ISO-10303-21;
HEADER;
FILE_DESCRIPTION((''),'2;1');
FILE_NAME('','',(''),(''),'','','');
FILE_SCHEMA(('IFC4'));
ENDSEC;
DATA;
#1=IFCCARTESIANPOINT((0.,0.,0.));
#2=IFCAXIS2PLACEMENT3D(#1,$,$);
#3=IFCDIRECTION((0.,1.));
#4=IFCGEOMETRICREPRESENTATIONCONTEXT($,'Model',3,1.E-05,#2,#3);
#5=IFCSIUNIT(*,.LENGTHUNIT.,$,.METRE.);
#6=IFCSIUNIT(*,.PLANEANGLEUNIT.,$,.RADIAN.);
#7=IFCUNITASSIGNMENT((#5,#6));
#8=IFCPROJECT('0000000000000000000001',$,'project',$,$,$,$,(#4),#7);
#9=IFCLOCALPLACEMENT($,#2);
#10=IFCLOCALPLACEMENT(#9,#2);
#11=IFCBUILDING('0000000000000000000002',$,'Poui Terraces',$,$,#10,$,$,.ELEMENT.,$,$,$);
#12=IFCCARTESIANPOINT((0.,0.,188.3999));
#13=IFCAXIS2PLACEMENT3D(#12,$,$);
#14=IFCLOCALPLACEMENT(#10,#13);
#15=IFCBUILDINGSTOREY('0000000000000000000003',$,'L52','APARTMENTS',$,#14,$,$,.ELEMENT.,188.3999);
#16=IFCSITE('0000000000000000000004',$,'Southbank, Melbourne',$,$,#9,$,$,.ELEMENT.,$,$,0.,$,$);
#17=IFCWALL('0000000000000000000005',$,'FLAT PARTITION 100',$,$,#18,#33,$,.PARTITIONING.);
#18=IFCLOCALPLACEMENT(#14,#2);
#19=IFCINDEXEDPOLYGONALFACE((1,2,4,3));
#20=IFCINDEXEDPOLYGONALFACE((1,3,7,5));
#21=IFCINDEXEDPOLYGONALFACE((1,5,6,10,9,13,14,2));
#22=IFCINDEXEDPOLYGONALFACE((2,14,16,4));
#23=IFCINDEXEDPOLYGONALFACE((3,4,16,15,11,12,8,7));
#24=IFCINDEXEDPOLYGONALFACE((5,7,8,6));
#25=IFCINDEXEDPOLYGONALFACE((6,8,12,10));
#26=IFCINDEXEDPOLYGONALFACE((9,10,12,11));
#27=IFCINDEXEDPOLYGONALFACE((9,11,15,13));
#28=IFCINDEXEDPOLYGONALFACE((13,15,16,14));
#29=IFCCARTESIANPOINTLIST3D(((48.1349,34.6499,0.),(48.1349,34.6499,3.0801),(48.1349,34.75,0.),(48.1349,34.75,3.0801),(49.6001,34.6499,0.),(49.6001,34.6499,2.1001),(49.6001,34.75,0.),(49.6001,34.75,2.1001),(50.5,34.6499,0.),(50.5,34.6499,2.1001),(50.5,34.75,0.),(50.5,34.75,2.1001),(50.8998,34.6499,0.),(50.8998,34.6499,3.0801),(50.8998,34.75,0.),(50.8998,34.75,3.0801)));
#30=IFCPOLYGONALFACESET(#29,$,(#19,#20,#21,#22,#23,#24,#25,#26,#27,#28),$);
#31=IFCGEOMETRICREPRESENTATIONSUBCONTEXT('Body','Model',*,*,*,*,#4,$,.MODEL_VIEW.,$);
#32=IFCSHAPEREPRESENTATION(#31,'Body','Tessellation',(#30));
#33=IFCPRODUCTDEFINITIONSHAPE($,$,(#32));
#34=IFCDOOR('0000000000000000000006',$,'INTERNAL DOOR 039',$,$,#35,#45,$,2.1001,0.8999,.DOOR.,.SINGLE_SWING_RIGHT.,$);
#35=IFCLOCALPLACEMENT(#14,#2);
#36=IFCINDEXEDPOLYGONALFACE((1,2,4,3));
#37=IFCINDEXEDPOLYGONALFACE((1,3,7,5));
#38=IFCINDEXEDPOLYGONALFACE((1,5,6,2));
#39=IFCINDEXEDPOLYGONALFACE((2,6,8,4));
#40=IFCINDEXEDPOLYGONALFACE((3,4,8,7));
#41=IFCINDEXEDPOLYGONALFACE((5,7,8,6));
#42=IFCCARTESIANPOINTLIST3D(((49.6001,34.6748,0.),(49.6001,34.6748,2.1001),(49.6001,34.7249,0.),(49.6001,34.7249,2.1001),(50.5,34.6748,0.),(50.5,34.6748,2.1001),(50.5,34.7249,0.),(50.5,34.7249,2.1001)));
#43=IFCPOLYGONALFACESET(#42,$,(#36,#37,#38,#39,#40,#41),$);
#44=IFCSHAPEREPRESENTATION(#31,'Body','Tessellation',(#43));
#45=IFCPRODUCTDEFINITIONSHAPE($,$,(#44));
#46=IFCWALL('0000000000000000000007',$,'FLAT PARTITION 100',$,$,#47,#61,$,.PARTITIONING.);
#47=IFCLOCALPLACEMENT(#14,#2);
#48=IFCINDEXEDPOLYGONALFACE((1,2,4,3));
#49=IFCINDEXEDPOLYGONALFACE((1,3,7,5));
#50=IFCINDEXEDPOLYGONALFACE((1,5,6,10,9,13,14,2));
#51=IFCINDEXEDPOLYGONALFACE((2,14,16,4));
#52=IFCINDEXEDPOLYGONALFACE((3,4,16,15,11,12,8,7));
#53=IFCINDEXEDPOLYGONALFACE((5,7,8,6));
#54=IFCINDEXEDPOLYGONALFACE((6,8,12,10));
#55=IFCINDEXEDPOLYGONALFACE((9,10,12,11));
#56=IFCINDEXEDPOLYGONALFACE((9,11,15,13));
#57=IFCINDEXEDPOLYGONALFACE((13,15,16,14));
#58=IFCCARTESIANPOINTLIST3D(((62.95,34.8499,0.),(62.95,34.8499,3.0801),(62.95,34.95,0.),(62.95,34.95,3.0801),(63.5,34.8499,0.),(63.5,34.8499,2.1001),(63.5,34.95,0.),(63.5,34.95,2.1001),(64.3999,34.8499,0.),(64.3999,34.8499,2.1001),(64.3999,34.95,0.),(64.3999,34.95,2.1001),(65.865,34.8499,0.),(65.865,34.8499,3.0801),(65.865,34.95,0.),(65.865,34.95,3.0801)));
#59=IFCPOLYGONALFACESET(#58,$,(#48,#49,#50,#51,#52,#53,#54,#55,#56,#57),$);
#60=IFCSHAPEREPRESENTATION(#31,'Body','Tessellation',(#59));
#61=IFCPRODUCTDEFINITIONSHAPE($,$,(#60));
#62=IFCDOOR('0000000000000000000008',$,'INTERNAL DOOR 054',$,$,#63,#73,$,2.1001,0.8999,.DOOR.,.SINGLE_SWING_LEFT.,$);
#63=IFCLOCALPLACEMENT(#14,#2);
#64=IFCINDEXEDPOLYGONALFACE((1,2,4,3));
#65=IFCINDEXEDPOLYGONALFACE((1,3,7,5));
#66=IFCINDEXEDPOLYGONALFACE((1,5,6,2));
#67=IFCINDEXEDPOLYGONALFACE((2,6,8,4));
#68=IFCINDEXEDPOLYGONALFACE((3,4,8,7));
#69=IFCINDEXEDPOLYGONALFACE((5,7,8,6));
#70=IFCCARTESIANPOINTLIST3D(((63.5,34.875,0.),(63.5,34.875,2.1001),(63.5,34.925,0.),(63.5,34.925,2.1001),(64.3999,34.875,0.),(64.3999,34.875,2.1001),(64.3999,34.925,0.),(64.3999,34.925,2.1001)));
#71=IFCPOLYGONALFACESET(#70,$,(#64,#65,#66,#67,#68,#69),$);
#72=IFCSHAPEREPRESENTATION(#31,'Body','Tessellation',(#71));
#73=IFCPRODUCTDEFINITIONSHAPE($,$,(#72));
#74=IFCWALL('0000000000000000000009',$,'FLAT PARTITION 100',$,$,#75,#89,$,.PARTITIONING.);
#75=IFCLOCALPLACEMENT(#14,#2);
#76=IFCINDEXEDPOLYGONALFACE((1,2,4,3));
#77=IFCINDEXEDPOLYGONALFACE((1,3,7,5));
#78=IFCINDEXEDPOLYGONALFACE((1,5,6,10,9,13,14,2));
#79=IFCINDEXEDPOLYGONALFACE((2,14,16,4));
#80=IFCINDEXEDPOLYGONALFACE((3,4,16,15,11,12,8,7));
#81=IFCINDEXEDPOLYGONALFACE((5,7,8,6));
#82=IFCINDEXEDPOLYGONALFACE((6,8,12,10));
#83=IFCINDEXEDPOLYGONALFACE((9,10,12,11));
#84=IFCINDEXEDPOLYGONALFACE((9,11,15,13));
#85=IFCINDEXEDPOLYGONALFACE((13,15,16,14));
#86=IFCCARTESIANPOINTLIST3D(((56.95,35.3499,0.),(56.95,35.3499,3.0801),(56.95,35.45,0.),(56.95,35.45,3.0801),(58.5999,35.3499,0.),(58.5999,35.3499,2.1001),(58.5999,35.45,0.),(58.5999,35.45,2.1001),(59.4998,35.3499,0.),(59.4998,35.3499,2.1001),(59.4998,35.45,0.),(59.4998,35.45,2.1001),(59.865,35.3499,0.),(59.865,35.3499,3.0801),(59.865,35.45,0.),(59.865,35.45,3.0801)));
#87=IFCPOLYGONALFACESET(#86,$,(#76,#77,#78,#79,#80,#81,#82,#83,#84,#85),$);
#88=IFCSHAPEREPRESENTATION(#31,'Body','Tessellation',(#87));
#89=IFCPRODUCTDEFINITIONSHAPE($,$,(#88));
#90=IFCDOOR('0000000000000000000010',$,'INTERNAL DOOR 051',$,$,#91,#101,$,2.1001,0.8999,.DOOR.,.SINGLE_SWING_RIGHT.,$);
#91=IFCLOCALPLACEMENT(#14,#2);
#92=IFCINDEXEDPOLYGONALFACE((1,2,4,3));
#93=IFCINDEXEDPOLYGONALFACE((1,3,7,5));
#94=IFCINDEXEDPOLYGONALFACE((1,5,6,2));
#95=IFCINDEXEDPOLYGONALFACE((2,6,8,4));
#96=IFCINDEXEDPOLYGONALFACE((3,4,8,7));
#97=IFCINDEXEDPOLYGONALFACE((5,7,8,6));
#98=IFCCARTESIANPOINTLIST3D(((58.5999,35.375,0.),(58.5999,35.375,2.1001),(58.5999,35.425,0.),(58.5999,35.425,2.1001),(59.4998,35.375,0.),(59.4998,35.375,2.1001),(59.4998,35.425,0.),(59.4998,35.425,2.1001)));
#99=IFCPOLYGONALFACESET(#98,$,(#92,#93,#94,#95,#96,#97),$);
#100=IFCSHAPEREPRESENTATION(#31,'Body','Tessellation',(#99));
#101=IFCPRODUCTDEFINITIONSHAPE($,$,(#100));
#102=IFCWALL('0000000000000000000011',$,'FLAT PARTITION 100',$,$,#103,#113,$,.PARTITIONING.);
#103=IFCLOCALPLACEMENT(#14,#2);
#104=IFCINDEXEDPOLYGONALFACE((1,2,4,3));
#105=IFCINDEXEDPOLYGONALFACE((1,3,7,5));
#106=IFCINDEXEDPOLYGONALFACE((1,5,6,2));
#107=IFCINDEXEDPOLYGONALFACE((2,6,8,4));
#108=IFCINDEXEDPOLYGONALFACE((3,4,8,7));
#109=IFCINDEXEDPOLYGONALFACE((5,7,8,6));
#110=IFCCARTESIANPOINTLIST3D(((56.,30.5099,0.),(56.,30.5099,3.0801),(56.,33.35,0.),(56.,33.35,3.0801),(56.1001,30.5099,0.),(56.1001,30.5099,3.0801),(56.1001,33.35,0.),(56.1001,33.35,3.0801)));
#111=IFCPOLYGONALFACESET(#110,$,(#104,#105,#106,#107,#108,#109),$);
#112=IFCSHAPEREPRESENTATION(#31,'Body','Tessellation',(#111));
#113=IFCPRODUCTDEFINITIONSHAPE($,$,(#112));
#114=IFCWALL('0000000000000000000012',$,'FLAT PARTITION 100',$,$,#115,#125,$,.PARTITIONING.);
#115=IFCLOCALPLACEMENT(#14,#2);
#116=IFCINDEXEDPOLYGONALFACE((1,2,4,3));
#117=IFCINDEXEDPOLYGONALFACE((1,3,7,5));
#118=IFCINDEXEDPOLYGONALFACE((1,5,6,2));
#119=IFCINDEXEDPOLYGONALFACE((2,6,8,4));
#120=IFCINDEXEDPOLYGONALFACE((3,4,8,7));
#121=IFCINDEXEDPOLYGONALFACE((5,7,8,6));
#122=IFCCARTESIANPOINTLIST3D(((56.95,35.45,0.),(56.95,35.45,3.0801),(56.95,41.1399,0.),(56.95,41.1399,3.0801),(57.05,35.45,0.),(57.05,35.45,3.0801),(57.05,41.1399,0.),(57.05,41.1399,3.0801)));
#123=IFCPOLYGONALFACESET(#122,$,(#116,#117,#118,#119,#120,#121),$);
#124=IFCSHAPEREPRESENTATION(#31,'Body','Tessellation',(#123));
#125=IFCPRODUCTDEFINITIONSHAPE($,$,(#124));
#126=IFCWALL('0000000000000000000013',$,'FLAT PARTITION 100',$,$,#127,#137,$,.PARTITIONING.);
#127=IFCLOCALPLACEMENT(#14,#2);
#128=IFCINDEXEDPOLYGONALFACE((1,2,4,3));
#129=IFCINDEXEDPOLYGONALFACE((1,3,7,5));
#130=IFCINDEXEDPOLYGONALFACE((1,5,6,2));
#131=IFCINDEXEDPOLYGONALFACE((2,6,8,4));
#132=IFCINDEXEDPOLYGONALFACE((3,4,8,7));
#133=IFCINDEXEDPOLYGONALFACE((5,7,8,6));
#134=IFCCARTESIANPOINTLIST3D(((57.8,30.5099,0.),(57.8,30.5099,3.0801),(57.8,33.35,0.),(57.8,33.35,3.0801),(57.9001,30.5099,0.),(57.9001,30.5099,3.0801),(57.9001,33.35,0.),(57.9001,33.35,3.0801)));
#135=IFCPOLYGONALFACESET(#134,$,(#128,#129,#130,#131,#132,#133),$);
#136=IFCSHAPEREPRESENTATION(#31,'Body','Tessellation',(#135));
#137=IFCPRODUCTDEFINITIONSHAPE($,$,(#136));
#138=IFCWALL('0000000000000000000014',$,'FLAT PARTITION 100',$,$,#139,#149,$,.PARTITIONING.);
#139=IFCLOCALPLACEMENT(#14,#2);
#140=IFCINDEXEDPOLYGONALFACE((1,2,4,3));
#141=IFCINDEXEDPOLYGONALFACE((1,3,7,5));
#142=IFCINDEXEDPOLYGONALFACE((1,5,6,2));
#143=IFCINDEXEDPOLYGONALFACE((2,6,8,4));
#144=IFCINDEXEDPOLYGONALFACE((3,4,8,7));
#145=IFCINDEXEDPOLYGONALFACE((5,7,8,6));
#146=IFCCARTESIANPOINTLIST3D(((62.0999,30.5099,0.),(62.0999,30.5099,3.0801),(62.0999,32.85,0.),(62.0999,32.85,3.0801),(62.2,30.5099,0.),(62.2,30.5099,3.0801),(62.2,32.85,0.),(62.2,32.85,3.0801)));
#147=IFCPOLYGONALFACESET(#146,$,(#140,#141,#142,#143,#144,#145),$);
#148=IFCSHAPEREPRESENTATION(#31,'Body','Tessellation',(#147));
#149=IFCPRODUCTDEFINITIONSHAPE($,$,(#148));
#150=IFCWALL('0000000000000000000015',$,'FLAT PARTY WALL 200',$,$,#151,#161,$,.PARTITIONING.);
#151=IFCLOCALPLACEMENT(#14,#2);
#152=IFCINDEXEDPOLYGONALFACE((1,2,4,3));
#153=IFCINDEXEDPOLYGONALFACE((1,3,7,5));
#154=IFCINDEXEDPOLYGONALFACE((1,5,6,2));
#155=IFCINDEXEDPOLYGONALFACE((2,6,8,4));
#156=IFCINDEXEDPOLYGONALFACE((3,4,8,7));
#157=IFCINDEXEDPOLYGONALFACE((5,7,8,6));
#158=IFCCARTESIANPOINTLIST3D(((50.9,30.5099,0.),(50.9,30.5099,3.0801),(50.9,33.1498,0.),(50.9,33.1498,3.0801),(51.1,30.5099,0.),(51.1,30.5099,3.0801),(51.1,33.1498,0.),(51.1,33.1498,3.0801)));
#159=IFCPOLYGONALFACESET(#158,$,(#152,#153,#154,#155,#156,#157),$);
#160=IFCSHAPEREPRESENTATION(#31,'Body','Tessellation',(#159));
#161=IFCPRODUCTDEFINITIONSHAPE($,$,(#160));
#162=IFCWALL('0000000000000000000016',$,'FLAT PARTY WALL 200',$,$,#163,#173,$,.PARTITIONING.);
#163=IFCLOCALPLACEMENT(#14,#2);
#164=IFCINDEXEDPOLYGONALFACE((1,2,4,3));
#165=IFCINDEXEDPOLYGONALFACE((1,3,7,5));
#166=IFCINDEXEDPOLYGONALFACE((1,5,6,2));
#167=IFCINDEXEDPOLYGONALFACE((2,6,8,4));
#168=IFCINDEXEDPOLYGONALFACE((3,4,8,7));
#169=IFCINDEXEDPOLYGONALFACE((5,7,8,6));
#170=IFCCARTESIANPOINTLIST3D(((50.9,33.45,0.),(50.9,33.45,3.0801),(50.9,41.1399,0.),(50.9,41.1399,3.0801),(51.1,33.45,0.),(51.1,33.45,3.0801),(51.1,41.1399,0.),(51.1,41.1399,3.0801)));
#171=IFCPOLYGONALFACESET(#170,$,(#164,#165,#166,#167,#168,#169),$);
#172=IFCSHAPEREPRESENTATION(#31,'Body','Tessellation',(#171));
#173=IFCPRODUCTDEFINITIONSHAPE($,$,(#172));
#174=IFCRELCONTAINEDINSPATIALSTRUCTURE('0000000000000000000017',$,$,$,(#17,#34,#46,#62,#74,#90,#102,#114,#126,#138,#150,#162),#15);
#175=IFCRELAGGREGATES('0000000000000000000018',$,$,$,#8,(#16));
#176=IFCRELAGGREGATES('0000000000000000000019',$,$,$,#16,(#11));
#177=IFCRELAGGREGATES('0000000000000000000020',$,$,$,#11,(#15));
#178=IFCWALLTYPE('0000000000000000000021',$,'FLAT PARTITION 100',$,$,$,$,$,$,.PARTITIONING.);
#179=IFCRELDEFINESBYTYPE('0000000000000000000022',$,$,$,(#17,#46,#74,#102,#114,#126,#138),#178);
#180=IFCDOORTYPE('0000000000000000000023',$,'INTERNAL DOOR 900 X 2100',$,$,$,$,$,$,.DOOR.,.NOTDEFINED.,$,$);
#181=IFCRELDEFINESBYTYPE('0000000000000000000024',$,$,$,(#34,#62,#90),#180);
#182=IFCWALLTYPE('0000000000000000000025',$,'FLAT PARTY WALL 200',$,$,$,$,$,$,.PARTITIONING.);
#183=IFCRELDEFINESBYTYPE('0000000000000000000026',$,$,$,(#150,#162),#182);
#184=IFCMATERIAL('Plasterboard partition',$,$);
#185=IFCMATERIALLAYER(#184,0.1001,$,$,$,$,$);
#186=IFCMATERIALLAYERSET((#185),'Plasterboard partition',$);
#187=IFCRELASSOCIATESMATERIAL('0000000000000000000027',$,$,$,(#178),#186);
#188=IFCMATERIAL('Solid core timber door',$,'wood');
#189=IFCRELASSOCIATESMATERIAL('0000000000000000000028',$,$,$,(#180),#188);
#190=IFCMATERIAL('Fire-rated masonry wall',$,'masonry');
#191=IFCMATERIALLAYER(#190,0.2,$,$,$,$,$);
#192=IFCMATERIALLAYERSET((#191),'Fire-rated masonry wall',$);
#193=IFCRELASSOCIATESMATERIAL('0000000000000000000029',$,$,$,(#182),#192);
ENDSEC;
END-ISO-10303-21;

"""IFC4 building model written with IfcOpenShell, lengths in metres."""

from ifc_helpers import new_model, si_unit, direction, frame, frame_2d, origin, place, context, subcontext, project, spatial, rectangle, extrude, material, layer, layer_set, type_object, element, fill, save


model = new_model("IFC4")

# Units and contexts
model_context = context("Model", 3, precision=1e-05, world=origin(), true_north=direction((0.0, 1.0)))
body_context = subcontext(model_context, "Body", "Model", "MODEL_VIEW")
ifc_project = project(units=[si_unit("LENGTHUNIT", "METRE"), si_unit("PLANEANGLEUNIT", "RADIAN")], contexts=[model_context])

# Site, building, storey
site_placement = place(None, origin())
site = spatial("IfcSite", under=ifc_project, at=site_placement, Name="Southbank, Melbourne", CompositionType="ELEMENT", RefElevation=0.0)
building_placement = place(site_placement, origin())
building = spatial("IfcBuilding", under=site, at=building_placement, Name="Poui Terraces", CompositionType="ELEMENT")
storey_placement = place(building_placement, frame((0.0, 0.0, 188.3999)))
storey = spatial("IfcBuildingStorey", under=building, at=storey_placement, Name="L52", Description="APARTMENTS", CompositionType="ELEMENT", Elevation=188.3999)

# Walls, openings, doors
ifc_material_1 = material(Name="Plasterboard partition")
ifc_layer_1 = layer(ifc_material_1, 0.1001)
ifc_layer_set_1 = layer_set([ifc_layer_1], Name="Plasterboard partition")
wall_type_1 = type_object("IfcWallType", Name="FLAT PARTITION 100", PredefinedType="PARTITIONING", material=ifc_layer_set_1)
ifc_material_2 = material(Name="Solid core timber door", Category="wood")
door_type_1 = type_object("IfcDoorType", Name="INTERNAL DOOR 900 X 2100", OperationType="NOTDEFINED", PredefinedType="DOOR", material=ifc_material_2)
wall_1_placement = place(storey_placement, frame((48.135, 34.7, 0.0), z_axis=(0.0, 0.0, 1.0), x_axis=(1.0, 0.0, 0.0)))
wall_1 = element("IfcWall", 1, at=wall_1_placement, inside=storey, type_object=wall_type_1, Name="FLAT PARTITION 100", PredefinedType="PARTITIONING", context=body_context, shape_type="SweptSolid", body=[
    extrude(rectangle(XDim=2.7649, YDim=0.1001, at=frame_2d((1.3823, 0.0))), origin(), (0.0, 0.0, 1.0), 3.0801),
])
opening_1_placement = place(wall_1_placement, frame((1.4651, 0.0, 0.0)))
opening_1 = element("IfcOpeningElement", 2, at=opening_1_placement, cuts=wall_1, PredefinedType="OPENING", context=body_context, shape_type="SweptSolid", body=[
    extrude(rectangle(XDim=0.8999, YDim=2.1001, at=frame_2d((0.45, 1.05))), frame((0.0, 0.0601, 0.0), z_axis=(0.0, -1.0, 0.0), x_axis=(1.0, 0.0, 0.0)), (0.0, 0.0, 1.0), 0.1201),
])
door_1_placement = place(opening_1_placement, origin())
door_1 = element("IfcDoor", 3, at=door_1_placement, inside=storey, type_object=door_type_1, Name="INTERNAL DOOR 039", OperationType="SINGLE_SWING_RIGHT", OverallHeight=2.1001, OverallWidth=0.8999, PredefinedType="DOOR", context=body_context, shape_type="SweptSolid", body=[
    extrude(rectangle(XDim=0.8999, YDim=2.1001, at=frame_2d((0.45, 1.05))), frame((0.0, 0.0249, 0.0), z_axis=(0.0, -1.0, 0.0), x_axis=(1.0, 0.0, 0.0)), (0.0, 0.0, 1.0), 0.05),
])
fill(opening_1, door_1)
wall_2_placement = place(storey_placement, frame((62.95, 34.8999, 0.0), z_axis=(0.0, 0.0, 1.0), x_axis=(1.0, 0.0, 0.0)))
wall_2 = element("IfcWall", 4, at=wall_2_placement, inside=storey, type_object=wall_type_1, Name="FLAT PARTITION 100", PredefinedType="PARTITIONING", context=body_context, shape_type="SweptSolid", body=[
    extrude(rectangle(XDim=2.915, YDim=0.1001, at=frame_2d((1.4575, 0.0))), origin(), (0.0, 0.0, 1.0), 3.0801),
])
opening_2_placement = place(wall_2_placement, frame((0.55, 0.0, 0.0)))
opening_2 = element("IfcOpeningElement", 5, at=opening_2_placement, cuts=wall_2, PredefinedType="OPENING", context=body_context, shape_type="SweptSolid", body=[
    extrude(rectangle(XDim=0.8999, YDim=2.1001, at=frame_2d((0.45, 1.05))), frame((0.0, 0.0601, 0.0), z_axis=(0.0, -1.0, 0.0), x_axis=(1.0, 0.0, 0.0)), (0.0, 0.0, 1.0), 0.1201),
])
door_2_placement = place(opening_2_placement, frame((0.8999, 0.0, 0.0), z_axis=(0.0, 0.0, 1.0), x_axis=(-1.0, 0.0, 0.0)))
door_2 = element("IfcDoor", 6, at=door_2_placement, inside=storey, type_object=door_type_1, Name="INTERNAL DOOR 054", OperationType="SINGLE_SWING_LEFT", OverallHeight=2.1001, OverallWidth=0.8999, PredefinedType="DOOR", context=body_context, shape_type="SweptSolid", body=[
    extrude(rectangle(XDim=0.8999, YDim=2.1001, at=frame_2d((0.45, 1.05))), frame((0.0, 0.0249, 0.0), z_axis=(0.0, -1.0, 0.0), x_axis=(1.0, 0.0, 0.0)), (0.0, 0.0, 1.0), 0.05),
])
fill(opening_2, door_2)
wall_3_placement = place(storey_placement, frame((56.95, 35.3999, 0.0), z_axis=(0.0, 0.0, 1.0), x_axis=(1.0, 0.0, 0.0)))
wall_3 = element("IfcWall", 7, at=wall_3_placement, inside=storey, type_object=wall_type_1, Name="FLAT PARTITION 100", PredefinedType="PARTITIONING", context=body_context, shape_type="SweptSolid", body=[
    extrude(rectangle(XDim=2.915, YDim=0.1001, at=frame_2d((1.4575, 0.0))), origin(), (0.0, 0.0, 1.0), 3.0801),
])
opening_3_placement = place(wall_3_placement, frame((1.6499, 0.0, 0.0)))
opening_3 = element("IfcOpeningElement", 8, at=opening_3_placement, cuts=wall_3, PredefinedType="OPENING", context=body_context, shape_type="SweptSolid", body=[
    extrude(rectangle(XDim=0.8999, YDim=2.1001, at=frame_2d((0.45, 1.05))), frame((0.0, 0.0601, 0.0), z_axis=(0.0, -1.0, 0.0), x_axis=(1.0, 0.0, 0.0)), (0.0, 0.0, 1.0), 0.1201),
])
door_3_placement = place(opening_3_placement, frame((0.8999, 0.0, 0.0), z_axis=(0.0, 0.0, 1.0), x_axis=(-1.0, 0.0, 0.0)))
door_3 = element("IfcDoor", 9, at=door_3_placement, inside=storey, type_object=door_type_1, Name="INTERNAL DOOR 051", OperationType="SINGLE_SWING_RIGHT", OverallHeight=2.1001, OverallWidth=0.8999, PredefinedType="DOOR", context=body_context, shape_type="SweptSolid", body=[
    extrude(rectangle(XDim=0.8999, YDim=2.1001, at=frame_2d((0.45, 1.05))), frame((0.0, 0.0249, 0.0), z_axis=(0.0, -1.0, 0.0), x_axis=(1.0, 0.0, 0.0)), (0.0, 0.0, 1.0), 0.05),
])
fill(opening_3, door_3)

# Walls
wall_4_placement = place(storey_placement, frame((56.05, 30.51, 0.0), z_axis=(0.0, 0.0, 1.0), x_axis=(0.0, 1.0, 0.0)))
element("IfcWall", 10, at=wall_4_placement, inside=storey, type_object=wall_type_1, Name="FLAT PARTITION 100", PredefinedType="PARTITIONING", context=body_context, shape_type="SweptSolid", body=[
    extrude(rectangle(XDim=2.8401, YDim=0.1001, at=frame_2d((1.4199, 0.0))), origin(), (0.0, 0.0, 1.0), 3.0801),
])
wall_5_placement = place(storey_placement, frame((57.0, 35.45, 0.0), z_axis=(0.0, 0.0, 1.0), x_axis=(0.0, 1.0, 0.0)))
element("IfcWall", 11, at=wall_5_placement, inside=storey, type_object=wall_type_1, Name="FLAT PARTITION 100", PredefinedType="PARTITIONING", context=body_context, shape_type="SweptSolid", body=[
    extrude(rectangle(XDim=5.6899, YDim=0.1001, at=frame_2d((2.845, 0.0))), origin(), (0.0, 0.0, 1.0), 3.0801),
])
wall_6_placement = place(storey_placement, frame((57.8501, 30.51, 0.0), z_axis=(0.0, 0.0, 1.0), x_axis=(0.0, 1.0, 0.0)))
element("IfcWall", 12, at=wall_6_placement, inside=storey, type_object=wall_type_1, Name="FLAT PARTITION 100", PredefinedType="PARTITIONING", context=body_context, shape_type="SweptSolid", body=[
    extrude(rectangle(XDim=2.8401, YDim=0.1001, at=frame_2d((1.4199, 0.0))), origin(), (0.0, 0.0, 1.0), 3.0801),
])
wall_7_placement = place(storey_placement, frame((62.1499, 30.51, 0.0), z_axis=(0.0, 0.0, 1.0), x_axis=(0.0, 1.0, 0.0)))
element("IfcWall", 13, at=wall_7_placement, inside=storey, type_object=wall_type_1, Name="FLAT PARTITION 100", PredefinedType="PARTITIONING", context=body_context, shape_type="SweptSolid", body=[
    extrude(rectangle(XDim=2.3401, YDim=0.1001, at=frame_2d((1.1699, 0.0))), origin(), (0.0, 0.0, 1.0), 3.0801),
])
ifc_material_3 = material(Name="Fire-rated masonry wall", Category="masonry")
ifc_layer_2 = layer(ifc_material_3, 0.2)
ifc_layer_set_2 = layer_set([ifc_layer_2], Name="Fire-rated masonry wall")
wall_type_2 = type_object("IfcWallType", Name="FLAT PARTY WALL 200", PredefinedType="PARTITIONING", material=ifc_layer_set_2)
wall_8_placement = place(storey_placement, frame((51.0, 30.51, 0.0), z_axis=(0.0, 0.0, 1.0), x_axis=(0.0, 1.0, 0.0)))
element("IfcWall", 14, at=wall_8_placement, inside=storey, type_object=wall_type_2, Name="FLAT PARTY WALL 200", PredefinedType="PARTITIONING", context=body_context, shape_type="SweptSolid", body=[
    extrude(rectangle(XDim=2.6399, YDim=0.2, at=frame_2d((1.3198, 0.0))), origin(), (0.0, 0.0, 1.0), 3.0801),
])
wall_9_placement = place(storey_placement, frame((51.0, 33.45, 0.0), z_axis=(0.0, 0.0, 1.0), x_axis=(0.0, 1.0, 0.0)))
element("IfcWall", 15, at=wall_9_placement, inside=storey, type_object=wall_type_2, Name="FLAT PARTY WALL 200", PredefinedType="PARTITIONING", context=body_context, shape_type="SweptSolid", body=[
    extrude(rectangle(XDim=7.6899, YDim=0.2, at=frame_2d((3.845, 0.0))), origin(), (0.0, 0.0, 1.0), 3.0801),
])

save(model, "model.ifc")
